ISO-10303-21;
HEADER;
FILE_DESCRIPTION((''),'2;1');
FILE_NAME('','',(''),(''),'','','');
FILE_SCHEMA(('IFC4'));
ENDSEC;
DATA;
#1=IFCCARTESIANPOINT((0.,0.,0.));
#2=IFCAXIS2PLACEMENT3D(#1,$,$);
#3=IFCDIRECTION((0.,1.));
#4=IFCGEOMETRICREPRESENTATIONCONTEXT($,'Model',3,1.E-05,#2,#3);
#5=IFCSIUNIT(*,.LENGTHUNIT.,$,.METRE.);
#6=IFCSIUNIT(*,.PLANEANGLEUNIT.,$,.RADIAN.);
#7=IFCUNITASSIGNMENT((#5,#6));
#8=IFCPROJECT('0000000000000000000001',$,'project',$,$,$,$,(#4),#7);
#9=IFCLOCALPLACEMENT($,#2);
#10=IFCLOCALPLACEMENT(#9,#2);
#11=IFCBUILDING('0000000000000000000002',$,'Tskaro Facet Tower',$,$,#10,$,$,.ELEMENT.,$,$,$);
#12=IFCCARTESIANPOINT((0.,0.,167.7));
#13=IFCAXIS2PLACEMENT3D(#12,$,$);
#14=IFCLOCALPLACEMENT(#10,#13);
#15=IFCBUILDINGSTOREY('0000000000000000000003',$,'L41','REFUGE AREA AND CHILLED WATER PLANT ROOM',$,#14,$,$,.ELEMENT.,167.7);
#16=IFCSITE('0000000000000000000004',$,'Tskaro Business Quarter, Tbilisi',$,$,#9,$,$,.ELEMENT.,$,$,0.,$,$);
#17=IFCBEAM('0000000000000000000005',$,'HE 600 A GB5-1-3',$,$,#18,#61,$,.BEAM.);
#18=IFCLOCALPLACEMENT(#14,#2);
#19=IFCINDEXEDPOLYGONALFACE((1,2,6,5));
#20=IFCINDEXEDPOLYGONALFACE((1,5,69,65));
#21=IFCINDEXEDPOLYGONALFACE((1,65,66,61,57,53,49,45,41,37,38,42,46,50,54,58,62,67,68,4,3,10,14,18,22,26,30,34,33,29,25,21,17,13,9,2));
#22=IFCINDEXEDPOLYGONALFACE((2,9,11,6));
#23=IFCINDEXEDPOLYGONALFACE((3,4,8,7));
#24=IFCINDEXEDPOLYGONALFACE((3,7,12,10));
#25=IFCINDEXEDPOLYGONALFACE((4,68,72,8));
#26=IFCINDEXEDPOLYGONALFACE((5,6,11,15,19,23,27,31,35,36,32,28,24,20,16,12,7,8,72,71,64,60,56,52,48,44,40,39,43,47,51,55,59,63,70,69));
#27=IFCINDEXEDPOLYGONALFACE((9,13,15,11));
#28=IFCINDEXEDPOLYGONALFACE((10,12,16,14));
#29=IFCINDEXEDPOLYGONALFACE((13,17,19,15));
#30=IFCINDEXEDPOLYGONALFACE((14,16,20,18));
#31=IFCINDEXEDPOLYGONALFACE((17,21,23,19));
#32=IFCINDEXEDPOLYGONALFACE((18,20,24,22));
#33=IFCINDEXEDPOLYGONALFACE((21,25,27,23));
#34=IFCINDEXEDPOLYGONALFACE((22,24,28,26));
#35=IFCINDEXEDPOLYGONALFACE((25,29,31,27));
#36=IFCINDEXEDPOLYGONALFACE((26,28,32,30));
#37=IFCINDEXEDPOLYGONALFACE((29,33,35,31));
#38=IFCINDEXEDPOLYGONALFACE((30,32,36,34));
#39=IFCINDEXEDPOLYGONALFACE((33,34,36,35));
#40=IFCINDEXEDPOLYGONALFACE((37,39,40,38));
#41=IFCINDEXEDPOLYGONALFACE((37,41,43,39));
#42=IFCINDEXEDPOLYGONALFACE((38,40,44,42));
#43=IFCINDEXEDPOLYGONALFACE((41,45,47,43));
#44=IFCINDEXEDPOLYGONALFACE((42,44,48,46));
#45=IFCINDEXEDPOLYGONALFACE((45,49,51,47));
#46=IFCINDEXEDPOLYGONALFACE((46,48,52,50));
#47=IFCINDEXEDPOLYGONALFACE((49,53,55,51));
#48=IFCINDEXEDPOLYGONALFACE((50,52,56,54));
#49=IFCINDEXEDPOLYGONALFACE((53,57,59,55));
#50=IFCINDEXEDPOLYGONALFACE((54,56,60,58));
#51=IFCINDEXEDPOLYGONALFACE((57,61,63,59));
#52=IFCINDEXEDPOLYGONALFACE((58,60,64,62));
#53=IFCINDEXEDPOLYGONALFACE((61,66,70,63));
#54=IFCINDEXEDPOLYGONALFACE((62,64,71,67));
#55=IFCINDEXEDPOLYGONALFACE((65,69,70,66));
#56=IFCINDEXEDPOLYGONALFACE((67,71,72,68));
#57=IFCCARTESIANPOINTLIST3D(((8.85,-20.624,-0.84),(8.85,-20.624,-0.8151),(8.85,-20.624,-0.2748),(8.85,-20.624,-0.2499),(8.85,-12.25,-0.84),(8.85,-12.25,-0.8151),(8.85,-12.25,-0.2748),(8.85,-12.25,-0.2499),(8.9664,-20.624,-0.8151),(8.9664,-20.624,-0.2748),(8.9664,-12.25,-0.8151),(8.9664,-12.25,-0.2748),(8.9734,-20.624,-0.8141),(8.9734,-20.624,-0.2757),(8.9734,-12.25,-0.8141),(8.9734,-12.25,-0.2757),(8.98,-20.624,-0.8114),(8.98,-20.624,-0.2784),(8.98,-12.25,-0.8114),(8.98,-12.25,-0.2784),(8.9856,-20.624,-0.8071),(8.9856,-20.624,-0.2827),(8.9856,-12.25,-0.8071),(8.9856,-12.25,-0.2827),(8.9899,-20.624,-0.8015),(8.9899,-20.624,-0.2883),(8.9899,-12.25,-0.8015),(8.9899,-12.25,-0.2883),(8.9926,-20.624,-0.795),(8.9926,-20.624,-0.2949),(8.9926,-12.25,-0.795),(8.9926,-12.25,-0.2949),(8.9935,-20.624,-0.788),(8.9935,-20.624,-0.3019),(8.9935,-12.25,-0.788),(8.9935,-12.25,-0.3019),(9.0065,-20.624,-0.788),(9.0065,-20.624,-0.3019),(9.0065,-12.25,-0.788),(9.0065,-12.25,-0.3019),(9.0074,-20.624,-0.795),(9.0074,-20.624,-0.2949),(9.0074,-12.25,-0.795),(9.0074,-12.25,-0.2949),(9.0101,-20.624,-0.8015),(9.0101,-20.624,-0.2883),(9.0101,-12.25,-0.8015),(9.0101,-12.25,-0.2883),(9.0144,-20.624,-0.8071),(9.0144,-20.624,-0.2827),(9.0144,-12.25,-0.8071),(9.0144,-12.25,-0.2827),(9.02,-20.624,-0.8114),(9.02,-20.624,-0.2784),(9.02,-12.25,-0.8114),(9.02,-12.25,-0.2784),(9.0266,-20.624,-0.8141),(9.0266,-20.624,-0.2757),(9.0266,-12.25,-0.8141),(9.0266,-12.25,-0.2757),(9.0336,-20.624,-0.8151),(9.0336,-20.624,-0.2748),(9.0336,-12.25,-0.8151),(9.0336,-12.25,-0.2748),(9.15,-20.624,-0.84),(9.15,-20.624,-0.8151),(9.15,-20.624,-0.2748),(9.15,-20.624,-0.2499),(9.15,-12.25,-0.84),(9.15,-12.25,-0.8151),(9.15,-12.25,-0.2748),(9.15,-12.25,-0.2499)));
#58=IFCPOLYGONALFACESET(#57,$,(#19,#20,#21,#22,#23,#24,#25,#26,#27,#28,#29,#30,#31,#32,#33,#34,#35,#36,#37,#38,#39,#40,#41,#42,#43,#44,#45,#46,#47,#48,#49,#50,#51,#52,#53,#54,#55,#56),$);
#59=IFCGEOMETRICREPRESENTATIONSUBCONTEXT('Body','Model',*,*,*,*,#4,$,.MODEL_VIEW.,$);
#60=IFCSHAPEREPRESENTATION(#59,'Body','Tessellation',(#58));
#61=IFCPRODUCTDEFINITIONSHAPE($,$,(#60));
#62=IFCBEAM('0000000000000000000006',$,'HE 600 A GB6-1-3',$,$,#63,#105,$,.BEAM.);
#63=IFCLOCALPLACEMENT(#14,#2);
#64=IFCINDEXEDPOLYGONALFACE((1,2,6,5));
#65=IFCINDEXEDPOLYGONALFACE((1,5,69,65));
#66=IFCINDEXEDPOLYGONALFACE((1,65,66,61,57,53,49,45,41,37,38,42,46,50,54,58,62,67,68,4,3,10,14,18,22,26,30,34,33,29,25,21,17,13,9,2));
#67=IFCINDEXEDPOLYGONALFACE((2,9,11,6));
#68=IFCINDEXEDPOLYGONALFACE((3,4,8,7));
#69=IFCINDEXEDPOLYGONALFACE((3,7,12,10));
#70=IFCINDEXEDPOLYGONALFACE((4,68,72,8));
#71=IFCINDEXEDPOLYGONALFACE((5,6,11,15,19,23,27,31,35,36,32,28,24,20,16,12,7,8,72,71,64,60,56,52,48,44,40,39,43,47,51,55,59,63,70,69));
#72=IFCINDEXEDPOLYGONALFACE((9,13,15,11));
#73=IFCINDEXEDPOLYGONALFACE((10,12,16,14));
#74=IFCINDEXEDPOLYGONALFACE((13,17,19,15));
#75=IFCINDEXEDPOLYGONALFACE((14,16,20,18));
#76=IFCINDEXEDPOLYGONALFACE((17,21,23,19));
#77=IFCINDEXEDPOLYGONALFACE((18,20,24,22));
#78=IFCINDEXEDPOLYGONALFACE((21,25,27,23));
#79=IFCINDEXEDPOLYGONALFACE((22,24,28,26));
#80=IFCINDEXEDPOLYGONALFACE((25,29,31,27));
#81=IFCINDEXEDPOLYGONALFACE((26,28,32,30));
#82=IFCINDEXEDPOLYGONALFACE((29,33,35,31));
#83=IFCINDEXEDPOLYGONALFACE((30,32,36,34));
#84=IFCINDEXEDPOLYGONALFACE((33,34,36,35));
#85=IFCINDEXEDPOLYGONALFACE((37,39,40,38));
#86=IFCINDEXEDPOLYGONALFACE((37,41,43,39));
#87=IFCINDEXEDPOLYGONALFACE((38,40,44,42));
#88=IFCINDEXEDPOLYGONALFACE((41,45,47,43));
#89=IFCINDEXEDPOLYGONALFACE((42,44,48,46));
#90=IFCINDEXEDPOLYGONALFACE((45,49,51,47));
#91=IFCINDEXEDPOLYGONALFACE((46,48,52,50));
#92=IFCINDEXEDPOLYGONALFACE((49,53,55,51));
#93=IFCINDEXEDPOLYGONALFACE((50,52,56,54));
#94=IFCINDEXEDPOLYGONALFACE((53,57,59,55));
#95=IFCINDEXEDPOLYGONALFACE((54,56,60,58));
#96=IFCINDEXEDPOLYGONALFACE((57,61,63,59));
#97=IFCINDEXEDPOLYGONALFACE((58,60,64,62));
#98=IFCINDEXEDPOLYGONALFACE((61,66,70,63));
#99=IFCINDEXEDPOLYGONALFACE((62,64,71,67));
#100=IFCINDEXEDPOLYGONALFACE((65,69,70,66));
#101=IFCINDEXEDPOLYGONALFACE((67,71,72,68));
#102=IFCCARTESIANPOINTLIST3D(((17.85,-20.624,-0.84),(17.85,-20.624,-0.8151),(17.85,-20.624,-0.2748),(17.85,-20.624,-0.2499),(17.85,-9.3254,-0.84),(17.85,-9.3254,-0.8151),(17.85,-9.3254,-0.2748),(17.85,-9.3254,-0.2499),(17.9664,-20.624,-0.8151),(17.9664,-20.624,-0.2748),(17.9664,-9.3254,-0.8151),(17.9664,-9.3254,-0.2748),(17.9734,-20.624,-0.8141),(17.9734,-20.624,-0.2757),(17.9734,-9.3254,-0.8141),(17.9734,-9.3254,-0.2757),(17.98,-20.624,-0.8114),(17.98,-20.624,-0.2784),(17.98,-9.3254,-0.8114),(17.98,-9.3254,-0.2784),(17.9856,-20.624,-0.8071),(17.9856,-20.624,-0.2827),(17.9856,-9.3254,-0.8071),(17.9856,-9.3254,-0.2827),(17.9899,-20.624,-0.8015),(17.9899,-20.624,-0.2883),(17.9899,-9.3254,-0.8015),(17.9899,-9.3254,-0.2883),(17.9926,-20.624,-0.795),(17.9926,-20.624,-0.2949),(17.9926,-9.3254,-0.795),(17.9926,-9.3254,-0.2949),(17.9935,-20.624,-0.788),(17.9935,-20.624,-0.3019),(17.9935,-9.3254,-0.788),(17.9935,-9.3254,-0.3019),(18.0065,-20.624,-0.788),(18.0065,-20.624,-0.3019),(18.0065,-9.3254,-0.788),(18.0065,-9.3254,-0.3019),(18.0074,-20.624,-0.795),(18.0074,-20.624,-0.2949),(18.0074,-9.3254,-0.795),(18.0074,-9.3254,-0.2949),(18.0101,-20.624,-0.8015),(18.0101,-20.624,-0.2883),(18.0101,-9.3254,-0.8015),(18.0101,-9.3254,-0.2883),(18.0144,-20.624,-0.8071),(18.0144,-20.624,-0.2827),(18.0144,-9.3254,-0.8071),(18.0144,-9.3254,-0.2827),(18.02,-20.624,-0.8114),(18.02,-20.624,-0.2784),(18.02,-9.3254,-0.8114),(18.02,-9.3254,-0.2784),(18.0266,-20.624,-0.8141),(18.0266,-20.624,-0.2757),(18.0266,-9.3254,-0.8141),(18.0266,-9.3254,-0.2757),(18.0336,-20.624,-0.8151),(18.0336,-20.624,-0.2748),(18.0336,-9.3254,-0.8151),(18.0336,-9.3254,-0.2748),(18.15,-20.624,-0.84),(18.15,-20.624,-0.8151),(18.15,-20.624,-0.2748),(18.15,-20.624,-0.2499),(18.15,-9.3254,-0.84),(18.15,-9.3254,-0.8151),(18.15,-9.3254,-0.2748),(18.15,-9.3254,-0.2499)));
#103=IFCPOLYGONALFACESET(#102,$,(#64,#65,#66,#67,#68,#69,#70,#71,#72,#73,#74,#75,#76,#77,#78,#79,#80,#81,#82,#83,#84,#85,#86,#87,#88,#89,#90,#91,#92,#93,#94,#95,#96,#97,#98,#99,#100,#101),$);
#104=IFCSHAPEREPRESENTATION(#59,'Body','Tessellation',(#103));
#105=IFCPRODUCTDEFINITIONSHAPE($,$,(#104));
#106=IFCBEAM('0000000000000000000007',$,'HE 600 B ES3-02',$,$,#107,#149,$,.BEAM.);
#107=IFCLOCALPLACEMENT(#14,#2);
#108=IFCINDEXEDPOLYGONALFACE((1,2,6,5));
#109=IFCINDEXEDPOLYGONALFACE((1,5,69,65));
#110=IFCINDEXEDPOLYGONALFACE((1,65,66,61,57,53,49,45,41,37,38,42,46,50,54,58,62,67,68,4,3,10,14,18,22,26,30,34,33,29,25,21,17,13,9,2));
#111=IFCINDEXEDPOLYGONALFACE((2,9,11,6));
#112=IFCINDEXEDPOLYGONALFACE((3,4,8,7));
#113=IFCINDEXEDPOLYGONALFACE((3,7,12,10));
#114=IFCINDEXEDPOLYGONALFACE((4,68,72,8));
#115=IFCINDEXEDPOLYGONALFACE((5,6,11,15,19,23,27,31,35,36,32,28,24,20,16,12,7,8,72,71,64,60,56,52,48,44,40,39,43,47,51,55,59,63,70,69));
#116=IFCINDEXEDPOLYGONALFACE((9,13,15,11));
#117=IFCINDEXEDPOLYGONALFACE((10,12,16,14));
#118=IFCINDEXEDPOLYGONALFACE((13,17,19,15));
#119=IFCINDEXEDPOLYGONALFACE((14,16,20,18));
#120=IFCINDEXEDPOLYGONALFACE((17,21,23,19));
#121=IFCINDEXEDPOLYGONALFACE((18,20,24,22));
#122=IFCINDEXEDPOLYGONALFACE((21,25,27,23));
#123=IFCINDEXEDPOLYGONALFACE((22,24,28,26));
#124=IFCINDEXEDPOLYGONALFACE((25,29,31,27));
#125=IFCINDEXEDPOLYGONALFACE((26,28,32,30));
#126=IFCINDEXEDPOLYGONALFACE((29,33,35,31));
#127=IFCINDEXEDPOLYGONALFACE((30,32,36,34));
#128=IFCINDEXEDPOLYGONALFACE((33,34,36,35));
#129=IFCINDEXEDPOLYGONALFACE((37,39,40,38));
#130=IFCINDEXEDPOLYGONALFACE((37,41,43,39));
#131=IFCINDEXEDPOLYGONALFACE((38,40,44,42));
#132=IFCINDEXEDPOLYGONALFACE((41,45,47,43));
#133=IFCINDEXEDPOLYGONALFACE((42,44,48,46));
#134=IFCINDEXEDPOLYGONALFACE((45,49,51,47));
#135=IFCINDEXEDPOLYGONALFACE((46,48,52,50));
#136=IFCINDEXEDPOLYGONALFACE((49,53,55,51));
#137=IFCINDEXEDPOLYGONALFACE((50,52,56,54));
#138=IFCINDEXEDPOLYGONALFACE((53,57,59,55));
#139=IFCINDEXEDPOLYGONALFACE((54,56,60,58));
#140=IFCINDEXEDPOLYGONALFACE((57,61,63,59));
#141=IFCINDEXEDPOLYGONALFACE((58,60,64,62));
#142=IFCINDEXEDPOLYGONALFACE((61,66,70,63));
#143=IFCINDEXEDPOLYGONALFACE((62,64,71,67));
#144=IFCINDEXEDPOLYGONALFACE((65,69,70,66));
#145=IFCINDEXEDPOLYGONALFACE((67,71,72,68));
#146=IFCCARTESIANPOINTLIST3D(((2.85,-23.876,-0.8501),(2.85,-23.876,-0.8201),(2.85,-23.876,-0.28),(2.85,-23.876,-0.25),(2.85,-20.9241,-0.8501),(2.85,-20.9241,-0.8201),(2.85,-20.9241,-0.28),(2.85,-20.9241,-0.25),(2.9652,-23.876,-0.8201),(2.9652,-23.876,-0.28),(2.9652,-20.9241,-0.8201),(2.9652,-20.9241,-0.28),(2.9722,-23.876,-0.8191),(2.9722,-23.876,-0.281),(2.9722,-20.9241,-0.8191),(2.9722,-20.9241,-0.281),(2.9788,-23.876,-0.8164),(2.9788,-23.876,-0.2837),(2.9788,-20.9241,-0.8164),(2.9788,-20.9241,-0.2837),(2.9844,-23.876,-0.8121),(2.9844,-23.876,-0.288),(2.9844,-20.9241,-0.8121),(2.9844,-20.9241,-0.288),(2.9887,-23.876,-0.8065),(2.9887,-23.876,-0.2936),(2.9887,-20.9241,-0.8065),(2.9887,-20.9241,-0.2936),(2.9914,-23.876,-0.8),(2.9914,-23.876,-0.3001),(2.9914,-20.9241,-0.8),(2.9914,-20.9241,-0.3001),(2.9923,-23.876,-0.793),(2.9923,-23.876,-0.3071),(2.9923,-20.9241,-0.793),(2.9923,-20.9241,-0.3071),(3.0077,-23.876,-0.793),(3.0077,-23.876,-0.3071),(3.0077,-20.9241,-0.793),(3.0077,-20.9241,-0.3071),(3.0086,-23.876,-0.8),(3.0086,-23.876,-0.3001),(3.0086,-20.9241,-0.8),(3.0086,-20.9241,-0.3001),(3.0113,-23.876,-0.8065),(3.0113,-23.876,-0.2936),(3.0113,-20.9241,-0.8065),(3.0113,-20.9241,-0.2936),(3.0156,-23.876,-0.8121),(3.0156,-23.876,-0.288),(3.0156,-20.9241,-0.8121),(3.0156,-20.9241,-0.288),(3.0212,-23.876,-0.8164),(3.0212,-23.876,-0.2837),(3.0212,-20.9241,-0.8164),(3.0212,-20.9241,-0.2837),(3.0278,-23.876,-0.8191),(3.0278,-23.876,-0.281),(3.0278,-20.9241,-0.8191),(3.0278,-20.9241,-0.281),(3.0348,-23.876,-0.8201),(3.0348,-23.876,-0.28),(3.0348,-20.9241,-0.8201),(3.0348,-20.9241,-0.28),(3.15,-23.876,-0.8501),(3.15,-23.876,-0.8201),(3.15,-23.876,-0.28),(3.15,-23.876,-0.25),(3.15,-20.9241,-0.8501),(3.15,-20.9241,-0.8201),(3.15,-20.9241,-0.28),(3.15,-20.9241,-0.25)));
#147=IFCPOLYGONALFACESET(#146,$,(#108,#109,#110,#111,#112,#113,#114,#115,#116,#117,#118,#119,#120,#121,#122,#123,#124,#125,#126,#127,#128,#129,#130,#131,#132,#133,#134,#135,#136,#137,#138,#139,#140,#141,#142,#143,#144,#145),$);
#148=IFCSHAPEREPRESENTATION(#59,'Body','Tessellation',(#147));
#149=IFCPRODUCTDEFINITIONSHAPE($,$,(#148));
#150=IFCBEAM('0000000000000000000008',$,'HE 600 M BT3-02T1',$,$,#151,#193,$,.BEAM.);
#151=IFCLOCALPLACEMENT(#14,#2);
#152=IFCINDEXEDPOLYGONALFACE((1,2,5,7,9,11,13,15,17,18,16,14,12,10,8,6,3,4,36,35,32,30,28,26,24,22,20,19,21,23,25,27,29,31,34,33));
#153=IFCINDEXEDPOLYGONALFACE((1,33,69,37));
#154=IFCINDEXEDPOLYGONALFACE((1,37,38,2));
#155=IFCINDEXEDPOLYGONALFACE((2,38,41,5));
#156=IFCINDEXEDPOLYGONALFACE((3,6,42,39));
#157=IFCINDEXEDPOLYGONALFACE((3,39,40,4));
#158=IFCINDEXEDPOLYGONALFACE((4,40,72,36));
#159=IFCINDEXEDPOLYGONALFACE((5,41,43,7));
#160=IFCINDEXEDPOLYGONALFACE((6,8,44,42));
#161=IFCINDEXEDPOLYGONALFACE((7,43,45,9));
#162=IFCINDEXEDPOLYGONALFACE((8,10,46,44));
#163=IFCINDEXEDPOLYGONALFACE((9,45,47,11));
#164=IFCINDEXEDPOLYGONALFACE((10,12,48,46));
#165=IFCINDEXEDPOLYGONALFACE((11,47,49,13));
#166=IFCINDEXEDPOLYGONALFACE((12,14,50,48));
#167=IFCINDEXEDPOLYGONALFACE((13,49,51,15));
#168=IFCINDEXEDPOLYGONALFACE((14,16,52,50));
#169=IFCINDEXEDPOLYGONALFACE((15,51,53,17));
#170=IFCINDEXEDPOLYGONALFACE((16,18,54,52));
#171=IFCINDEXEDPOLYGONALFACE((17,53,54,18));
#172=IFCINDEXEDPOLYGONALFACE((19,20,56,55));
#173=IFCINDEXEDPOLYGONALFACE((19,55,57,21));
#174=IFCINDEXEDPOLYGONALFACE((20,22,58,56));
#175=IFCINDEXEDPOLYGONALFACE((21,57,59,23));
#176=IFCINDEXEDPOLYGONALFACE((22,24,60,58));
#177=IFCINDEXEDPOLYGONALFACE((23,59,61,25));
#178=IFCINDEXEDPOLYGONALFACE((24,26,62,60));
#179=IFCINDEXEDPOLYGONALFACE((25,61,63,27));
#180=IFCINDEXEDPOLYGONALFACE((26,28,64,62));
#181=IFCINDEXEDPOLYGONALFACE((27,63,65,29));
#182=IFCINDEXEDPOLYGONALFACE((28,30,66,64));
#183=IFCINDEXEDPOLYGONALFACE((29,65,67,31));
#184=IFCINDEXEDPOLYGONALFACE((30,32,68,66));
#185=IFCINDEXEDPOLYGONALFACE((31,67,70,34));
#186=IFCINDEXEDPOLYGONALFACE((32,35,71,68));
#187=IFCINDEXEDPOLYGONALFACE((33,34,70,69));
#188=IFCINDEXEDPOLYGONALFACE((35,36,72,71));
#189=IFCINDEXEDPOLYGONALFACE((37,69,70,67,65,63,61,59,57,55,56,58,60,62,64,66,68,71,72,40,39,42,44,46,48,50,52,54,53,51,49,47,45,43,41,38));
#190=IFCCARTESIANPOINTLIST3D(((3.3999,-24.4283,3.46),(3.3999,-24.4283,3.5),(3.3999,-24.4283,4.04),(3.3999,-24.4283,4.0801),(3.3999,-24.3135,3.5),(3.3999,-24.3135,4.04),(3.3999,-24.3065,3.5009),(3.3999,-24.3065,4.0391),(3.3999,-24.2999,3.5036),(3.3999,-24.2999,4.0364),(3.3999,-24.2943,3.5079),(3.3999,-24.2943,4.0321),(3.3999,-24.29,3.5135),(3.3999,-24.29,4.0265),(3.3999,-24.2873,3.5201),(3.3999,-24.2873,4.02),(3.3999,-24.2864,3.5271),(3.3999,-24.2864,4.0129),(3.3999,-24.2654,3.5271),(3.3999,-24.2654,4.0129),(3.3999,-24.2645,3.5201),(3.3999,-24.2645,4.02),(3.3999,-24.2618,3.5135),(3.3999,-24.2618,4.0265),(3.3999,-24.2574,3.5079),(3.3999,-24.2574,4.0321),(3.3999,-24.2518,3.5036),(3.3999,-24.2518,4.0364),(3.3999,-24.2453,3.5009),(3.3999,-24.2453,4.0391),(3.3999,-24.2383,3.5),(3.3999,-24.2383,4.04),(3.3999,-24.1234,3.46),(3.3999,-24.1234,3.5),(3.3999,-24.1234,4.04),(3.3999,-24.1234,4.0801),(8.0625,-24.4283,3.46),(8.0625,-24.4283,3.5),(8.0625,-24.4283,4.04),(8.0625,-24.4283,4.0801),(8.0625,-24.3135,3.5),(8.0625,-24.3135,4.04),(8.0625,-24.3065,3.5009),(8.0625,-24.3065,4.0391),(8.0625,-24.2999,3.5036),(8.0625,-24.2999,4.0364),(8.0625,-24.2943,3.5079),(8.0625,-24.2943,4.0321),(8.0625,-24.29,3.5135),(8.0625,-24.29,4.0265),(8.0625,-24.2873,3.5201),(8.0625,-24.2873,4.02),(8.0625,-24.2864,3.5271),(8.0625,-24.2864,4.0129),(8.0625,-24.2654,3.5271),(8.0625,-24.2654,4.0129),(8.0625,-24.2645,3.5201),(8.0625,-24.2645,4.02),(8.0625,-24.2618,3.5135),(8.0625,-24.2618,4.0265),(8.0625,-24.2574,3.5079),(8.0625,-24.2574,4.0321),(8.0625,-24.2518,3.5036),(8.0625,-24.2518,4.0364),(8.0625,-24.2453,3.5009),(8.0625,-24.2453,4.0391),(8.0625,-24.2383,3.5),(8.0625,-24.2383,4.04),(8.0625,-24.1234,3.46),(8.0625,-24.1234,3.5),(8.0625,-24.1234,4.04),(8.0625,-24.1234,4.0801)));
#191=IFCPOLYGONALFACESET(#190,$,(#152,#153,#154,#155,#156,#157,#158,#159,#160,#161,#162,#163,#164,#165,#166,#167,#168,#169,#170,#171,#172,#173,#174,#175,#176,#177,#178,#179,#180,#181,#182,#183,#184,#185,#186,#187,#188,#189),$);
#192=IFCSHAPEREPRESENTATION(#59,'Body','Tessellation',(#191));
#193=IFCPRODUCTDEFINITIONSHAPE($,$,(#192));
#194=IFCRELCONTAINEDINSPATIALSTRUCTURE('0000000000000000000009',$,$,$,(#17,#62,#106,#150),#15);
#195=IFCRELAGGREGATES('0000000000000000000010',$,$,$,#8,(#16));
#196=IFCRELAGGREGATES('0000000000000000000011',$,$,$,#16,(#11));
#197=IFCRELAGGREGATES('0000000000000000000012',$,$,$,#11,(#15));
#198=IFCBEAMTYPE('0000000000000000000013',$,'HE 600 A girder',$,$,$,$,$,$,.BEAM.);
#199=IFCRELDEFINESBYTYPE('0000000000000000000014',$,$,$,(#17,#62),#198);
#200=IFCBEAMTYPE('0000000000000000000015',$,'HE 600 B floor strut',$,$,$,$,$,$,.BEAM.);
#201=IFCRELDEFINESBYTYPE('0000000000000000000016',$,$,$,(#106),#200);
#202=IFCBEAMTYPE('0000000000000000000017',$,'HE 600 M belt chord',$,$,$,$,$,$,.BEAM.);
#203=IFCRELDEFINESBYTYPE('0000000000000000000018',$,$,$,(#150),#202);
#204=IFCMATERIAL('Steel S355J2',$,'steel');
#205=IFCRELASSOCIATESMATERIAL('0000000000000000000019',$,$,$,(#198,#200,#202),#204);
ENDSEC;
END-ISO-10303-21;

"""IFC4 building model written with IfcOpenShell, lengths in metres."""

from ifc_helpers import new_model, si_unit, direction, frame, origin, origin_2d, place, context, subcontext, project, spatial, i_section, extrude, material, material_profile, profile_set, type_object, element, save


model = new_model("IFC4")

# Units and contexts
model_context = context("Model", 3, precision=1e-05, world=origin(), true_north=direction((0.0, 1.0)))
body_context = subcontext(model_context, "Body", "Model", "MODEL_VIEW")
ifc_project = project(units=[si_unit("LENGTHUNIT", "METRE"), si_unit("PLANEANGLEUNIT", "RADIAN")], contexts=[model_context])

# Site, building, storey
site_placement = place(None, origin())
site = spatial("IfcSite", under=ifc_project, at=site_placement, Name="Tskaro Business Quarter, Tbilisi", CompositionType="ELEMENT", RefElevation=0.0)
building_placement = place(site_placement, origin())
building = spatial("IfcBuilding", under=site, at=building_placement, Name="Tskaro Facet Tower", CompositionType="ELEMENT")
storey_placement = place(building_placement, frame((0.0, 0.0, 167.7)))
storey = spatial("IfcBuildingStorey", under=building, at=storey_placement, Name="L41", Description="REFUGE AREA AND CHILLED WATER PLANT ROOM", CompositionType="ELEMENT", Elevation=167.7)

# Shared definitions
ifc_material_1 = material(Name="Steel S355J2", Category="steel")

# Beams
ifc_material_profile_1 = material_profile(ifc_material_1, i_section(OverallWidth=0.3, OverallDepth=0.5901, WebThickness=0.0129, FlangeThickness=0.0249, FilletRadius=0.0271, at=origin_2d()), Name="HE 600 A")
ifc_profile_set_1 = profile_set([ifc_material_profile_1], Name="Steel S355J2")
beam_type_1 = type_object("IfcBeamType", Name="HE 600 A girder", PredefinedType="BEAM", material=ifc_profile_set_1)
beam_1_placement = place(storey_placement, frame((9.0, -20.624, -0.5449), z_axis=(0.0, 1.0, 0.0), x_axis=(-1.0, 0.0, 0.0)))
element("IfcBeam", 1, at=beam_1_placement, inside=storey, type_object=beam_type_1, Name="HE 600 A GB5-1-3", PredefinedType="BEAM", context=body_context, shape_type="SweptSolid", body=[
    extrude(i_section(OverallWidth=0.3, OverallDepth=0.5901, WebThickness=0.0129, FlangeThickness=0.0249, FilletRadius=0.0271, at=origin_2d()), origin(), (0.0, 0.0, 1.0), 8.374),
])
beam_2_placement = place(storey_placement, frame((18.0, -20.624, -0.5449), z_axis=(0.0, 1.0, 0.0), x_axis=(-1.0, 0.0, 0.0)))
element("IfcBeam", 2, at=beam_2_placement, inside=storey, type_object=beam_type_1, Name="HE 600 A GB6-1-3", PredefinedType="BEAM", context=body_context, shape_type="SweptSolid", body=[
    extrude(i_section(OverallWidth=0.3, OverallDepth=0.5901, WebThickness=0.0129, FlangeThickness=0.0249, FilletRadius=0.0271, at=origin_2d()), origin(), (0.0, 0.0, 1.0), 11.2986),
])
ifc_material_profile_2 = material_profile(ifc_material_1, i_section(OverallWidth=0.3, OverallDepth=0.6001, WebThickness=0.0154, FlangeThickness=0.03, FilletRadius=0.0271, at=origin_2d()), Name="HE 600 B")
ifc_profile_set_2 = profile_set([ifc_material_profile_2], Name="Steel S355J2")
beam_type_2 = type_object("IfcBeamType", Name="HE 600 B floor strut", PredefinedType="BEAM", material=ifc_profile_set_2)
beam_3_placement = place(storey_placement, frame((3.0, -23.876, -0.55), z_axis=(0.0, 1.0, 0.0), x_axis=(-1.0, 0.0, 0.0)))
element("IfcBeam", 3, at=beam_3_placement, inside=storey, type_object=beam_type_2, Name="HE 600 B ES3-02", PredefinedType="BEAM", context=body_context, shape_type="SweptSolid", body=[
    extrude(i_section(OverallWidth=0.3, OverallDepth=0.6001, WebThickness=0.0154, FlangeThickness=0.03, FilletRadius=0.0271, at=origin_2d()), origin(), (0.0, 0.0, 1.0), 2.9519),
])
ifc_material_profile_3 = material_profile(ifc_material_1, i_section(OverallWidth=0.3049, OverallDepth=0.6201, WebThickness=0.021, FlangeThickness=0.04, FilletRadius=0.0271, at=origin_2d()), Name="HE 600 M")
ifc_profile_set_3 = profile_set([ifc_material_profile_3], Name="Steel S355J2")
beam_type_3 = type_object("IfcBeamType", Name="HE 600 M belt chord", PredefinedType="BEAM", material=ifc_profile_set_3)
beam_4_placement = place(storey_placement, frame((3.3999, -24.2759, 3.77), z_axis=(1.0, 0.0, 0.0), x_axis=(0.0, 1.0, 0.0)))
element("IfcBeam", 4, at=beam_4_placement, inside=storey, type_object=beam_type_3, Name="HE 600 M BT3-02T1", PredefinedType="BEAM", context=body_context, shape_type="SweptSolid", body=[
    extrude(i_section(OverallWidth=0.3049, OverallDepth=0.6201, WebThickness=0.021, FlangeThickness=0.04, FilletRadius=0.0271, at=origin_2d()), origin(), (0.0, 0.0, 1.0), 4.6626),
])

save(model, "model.ifc")
